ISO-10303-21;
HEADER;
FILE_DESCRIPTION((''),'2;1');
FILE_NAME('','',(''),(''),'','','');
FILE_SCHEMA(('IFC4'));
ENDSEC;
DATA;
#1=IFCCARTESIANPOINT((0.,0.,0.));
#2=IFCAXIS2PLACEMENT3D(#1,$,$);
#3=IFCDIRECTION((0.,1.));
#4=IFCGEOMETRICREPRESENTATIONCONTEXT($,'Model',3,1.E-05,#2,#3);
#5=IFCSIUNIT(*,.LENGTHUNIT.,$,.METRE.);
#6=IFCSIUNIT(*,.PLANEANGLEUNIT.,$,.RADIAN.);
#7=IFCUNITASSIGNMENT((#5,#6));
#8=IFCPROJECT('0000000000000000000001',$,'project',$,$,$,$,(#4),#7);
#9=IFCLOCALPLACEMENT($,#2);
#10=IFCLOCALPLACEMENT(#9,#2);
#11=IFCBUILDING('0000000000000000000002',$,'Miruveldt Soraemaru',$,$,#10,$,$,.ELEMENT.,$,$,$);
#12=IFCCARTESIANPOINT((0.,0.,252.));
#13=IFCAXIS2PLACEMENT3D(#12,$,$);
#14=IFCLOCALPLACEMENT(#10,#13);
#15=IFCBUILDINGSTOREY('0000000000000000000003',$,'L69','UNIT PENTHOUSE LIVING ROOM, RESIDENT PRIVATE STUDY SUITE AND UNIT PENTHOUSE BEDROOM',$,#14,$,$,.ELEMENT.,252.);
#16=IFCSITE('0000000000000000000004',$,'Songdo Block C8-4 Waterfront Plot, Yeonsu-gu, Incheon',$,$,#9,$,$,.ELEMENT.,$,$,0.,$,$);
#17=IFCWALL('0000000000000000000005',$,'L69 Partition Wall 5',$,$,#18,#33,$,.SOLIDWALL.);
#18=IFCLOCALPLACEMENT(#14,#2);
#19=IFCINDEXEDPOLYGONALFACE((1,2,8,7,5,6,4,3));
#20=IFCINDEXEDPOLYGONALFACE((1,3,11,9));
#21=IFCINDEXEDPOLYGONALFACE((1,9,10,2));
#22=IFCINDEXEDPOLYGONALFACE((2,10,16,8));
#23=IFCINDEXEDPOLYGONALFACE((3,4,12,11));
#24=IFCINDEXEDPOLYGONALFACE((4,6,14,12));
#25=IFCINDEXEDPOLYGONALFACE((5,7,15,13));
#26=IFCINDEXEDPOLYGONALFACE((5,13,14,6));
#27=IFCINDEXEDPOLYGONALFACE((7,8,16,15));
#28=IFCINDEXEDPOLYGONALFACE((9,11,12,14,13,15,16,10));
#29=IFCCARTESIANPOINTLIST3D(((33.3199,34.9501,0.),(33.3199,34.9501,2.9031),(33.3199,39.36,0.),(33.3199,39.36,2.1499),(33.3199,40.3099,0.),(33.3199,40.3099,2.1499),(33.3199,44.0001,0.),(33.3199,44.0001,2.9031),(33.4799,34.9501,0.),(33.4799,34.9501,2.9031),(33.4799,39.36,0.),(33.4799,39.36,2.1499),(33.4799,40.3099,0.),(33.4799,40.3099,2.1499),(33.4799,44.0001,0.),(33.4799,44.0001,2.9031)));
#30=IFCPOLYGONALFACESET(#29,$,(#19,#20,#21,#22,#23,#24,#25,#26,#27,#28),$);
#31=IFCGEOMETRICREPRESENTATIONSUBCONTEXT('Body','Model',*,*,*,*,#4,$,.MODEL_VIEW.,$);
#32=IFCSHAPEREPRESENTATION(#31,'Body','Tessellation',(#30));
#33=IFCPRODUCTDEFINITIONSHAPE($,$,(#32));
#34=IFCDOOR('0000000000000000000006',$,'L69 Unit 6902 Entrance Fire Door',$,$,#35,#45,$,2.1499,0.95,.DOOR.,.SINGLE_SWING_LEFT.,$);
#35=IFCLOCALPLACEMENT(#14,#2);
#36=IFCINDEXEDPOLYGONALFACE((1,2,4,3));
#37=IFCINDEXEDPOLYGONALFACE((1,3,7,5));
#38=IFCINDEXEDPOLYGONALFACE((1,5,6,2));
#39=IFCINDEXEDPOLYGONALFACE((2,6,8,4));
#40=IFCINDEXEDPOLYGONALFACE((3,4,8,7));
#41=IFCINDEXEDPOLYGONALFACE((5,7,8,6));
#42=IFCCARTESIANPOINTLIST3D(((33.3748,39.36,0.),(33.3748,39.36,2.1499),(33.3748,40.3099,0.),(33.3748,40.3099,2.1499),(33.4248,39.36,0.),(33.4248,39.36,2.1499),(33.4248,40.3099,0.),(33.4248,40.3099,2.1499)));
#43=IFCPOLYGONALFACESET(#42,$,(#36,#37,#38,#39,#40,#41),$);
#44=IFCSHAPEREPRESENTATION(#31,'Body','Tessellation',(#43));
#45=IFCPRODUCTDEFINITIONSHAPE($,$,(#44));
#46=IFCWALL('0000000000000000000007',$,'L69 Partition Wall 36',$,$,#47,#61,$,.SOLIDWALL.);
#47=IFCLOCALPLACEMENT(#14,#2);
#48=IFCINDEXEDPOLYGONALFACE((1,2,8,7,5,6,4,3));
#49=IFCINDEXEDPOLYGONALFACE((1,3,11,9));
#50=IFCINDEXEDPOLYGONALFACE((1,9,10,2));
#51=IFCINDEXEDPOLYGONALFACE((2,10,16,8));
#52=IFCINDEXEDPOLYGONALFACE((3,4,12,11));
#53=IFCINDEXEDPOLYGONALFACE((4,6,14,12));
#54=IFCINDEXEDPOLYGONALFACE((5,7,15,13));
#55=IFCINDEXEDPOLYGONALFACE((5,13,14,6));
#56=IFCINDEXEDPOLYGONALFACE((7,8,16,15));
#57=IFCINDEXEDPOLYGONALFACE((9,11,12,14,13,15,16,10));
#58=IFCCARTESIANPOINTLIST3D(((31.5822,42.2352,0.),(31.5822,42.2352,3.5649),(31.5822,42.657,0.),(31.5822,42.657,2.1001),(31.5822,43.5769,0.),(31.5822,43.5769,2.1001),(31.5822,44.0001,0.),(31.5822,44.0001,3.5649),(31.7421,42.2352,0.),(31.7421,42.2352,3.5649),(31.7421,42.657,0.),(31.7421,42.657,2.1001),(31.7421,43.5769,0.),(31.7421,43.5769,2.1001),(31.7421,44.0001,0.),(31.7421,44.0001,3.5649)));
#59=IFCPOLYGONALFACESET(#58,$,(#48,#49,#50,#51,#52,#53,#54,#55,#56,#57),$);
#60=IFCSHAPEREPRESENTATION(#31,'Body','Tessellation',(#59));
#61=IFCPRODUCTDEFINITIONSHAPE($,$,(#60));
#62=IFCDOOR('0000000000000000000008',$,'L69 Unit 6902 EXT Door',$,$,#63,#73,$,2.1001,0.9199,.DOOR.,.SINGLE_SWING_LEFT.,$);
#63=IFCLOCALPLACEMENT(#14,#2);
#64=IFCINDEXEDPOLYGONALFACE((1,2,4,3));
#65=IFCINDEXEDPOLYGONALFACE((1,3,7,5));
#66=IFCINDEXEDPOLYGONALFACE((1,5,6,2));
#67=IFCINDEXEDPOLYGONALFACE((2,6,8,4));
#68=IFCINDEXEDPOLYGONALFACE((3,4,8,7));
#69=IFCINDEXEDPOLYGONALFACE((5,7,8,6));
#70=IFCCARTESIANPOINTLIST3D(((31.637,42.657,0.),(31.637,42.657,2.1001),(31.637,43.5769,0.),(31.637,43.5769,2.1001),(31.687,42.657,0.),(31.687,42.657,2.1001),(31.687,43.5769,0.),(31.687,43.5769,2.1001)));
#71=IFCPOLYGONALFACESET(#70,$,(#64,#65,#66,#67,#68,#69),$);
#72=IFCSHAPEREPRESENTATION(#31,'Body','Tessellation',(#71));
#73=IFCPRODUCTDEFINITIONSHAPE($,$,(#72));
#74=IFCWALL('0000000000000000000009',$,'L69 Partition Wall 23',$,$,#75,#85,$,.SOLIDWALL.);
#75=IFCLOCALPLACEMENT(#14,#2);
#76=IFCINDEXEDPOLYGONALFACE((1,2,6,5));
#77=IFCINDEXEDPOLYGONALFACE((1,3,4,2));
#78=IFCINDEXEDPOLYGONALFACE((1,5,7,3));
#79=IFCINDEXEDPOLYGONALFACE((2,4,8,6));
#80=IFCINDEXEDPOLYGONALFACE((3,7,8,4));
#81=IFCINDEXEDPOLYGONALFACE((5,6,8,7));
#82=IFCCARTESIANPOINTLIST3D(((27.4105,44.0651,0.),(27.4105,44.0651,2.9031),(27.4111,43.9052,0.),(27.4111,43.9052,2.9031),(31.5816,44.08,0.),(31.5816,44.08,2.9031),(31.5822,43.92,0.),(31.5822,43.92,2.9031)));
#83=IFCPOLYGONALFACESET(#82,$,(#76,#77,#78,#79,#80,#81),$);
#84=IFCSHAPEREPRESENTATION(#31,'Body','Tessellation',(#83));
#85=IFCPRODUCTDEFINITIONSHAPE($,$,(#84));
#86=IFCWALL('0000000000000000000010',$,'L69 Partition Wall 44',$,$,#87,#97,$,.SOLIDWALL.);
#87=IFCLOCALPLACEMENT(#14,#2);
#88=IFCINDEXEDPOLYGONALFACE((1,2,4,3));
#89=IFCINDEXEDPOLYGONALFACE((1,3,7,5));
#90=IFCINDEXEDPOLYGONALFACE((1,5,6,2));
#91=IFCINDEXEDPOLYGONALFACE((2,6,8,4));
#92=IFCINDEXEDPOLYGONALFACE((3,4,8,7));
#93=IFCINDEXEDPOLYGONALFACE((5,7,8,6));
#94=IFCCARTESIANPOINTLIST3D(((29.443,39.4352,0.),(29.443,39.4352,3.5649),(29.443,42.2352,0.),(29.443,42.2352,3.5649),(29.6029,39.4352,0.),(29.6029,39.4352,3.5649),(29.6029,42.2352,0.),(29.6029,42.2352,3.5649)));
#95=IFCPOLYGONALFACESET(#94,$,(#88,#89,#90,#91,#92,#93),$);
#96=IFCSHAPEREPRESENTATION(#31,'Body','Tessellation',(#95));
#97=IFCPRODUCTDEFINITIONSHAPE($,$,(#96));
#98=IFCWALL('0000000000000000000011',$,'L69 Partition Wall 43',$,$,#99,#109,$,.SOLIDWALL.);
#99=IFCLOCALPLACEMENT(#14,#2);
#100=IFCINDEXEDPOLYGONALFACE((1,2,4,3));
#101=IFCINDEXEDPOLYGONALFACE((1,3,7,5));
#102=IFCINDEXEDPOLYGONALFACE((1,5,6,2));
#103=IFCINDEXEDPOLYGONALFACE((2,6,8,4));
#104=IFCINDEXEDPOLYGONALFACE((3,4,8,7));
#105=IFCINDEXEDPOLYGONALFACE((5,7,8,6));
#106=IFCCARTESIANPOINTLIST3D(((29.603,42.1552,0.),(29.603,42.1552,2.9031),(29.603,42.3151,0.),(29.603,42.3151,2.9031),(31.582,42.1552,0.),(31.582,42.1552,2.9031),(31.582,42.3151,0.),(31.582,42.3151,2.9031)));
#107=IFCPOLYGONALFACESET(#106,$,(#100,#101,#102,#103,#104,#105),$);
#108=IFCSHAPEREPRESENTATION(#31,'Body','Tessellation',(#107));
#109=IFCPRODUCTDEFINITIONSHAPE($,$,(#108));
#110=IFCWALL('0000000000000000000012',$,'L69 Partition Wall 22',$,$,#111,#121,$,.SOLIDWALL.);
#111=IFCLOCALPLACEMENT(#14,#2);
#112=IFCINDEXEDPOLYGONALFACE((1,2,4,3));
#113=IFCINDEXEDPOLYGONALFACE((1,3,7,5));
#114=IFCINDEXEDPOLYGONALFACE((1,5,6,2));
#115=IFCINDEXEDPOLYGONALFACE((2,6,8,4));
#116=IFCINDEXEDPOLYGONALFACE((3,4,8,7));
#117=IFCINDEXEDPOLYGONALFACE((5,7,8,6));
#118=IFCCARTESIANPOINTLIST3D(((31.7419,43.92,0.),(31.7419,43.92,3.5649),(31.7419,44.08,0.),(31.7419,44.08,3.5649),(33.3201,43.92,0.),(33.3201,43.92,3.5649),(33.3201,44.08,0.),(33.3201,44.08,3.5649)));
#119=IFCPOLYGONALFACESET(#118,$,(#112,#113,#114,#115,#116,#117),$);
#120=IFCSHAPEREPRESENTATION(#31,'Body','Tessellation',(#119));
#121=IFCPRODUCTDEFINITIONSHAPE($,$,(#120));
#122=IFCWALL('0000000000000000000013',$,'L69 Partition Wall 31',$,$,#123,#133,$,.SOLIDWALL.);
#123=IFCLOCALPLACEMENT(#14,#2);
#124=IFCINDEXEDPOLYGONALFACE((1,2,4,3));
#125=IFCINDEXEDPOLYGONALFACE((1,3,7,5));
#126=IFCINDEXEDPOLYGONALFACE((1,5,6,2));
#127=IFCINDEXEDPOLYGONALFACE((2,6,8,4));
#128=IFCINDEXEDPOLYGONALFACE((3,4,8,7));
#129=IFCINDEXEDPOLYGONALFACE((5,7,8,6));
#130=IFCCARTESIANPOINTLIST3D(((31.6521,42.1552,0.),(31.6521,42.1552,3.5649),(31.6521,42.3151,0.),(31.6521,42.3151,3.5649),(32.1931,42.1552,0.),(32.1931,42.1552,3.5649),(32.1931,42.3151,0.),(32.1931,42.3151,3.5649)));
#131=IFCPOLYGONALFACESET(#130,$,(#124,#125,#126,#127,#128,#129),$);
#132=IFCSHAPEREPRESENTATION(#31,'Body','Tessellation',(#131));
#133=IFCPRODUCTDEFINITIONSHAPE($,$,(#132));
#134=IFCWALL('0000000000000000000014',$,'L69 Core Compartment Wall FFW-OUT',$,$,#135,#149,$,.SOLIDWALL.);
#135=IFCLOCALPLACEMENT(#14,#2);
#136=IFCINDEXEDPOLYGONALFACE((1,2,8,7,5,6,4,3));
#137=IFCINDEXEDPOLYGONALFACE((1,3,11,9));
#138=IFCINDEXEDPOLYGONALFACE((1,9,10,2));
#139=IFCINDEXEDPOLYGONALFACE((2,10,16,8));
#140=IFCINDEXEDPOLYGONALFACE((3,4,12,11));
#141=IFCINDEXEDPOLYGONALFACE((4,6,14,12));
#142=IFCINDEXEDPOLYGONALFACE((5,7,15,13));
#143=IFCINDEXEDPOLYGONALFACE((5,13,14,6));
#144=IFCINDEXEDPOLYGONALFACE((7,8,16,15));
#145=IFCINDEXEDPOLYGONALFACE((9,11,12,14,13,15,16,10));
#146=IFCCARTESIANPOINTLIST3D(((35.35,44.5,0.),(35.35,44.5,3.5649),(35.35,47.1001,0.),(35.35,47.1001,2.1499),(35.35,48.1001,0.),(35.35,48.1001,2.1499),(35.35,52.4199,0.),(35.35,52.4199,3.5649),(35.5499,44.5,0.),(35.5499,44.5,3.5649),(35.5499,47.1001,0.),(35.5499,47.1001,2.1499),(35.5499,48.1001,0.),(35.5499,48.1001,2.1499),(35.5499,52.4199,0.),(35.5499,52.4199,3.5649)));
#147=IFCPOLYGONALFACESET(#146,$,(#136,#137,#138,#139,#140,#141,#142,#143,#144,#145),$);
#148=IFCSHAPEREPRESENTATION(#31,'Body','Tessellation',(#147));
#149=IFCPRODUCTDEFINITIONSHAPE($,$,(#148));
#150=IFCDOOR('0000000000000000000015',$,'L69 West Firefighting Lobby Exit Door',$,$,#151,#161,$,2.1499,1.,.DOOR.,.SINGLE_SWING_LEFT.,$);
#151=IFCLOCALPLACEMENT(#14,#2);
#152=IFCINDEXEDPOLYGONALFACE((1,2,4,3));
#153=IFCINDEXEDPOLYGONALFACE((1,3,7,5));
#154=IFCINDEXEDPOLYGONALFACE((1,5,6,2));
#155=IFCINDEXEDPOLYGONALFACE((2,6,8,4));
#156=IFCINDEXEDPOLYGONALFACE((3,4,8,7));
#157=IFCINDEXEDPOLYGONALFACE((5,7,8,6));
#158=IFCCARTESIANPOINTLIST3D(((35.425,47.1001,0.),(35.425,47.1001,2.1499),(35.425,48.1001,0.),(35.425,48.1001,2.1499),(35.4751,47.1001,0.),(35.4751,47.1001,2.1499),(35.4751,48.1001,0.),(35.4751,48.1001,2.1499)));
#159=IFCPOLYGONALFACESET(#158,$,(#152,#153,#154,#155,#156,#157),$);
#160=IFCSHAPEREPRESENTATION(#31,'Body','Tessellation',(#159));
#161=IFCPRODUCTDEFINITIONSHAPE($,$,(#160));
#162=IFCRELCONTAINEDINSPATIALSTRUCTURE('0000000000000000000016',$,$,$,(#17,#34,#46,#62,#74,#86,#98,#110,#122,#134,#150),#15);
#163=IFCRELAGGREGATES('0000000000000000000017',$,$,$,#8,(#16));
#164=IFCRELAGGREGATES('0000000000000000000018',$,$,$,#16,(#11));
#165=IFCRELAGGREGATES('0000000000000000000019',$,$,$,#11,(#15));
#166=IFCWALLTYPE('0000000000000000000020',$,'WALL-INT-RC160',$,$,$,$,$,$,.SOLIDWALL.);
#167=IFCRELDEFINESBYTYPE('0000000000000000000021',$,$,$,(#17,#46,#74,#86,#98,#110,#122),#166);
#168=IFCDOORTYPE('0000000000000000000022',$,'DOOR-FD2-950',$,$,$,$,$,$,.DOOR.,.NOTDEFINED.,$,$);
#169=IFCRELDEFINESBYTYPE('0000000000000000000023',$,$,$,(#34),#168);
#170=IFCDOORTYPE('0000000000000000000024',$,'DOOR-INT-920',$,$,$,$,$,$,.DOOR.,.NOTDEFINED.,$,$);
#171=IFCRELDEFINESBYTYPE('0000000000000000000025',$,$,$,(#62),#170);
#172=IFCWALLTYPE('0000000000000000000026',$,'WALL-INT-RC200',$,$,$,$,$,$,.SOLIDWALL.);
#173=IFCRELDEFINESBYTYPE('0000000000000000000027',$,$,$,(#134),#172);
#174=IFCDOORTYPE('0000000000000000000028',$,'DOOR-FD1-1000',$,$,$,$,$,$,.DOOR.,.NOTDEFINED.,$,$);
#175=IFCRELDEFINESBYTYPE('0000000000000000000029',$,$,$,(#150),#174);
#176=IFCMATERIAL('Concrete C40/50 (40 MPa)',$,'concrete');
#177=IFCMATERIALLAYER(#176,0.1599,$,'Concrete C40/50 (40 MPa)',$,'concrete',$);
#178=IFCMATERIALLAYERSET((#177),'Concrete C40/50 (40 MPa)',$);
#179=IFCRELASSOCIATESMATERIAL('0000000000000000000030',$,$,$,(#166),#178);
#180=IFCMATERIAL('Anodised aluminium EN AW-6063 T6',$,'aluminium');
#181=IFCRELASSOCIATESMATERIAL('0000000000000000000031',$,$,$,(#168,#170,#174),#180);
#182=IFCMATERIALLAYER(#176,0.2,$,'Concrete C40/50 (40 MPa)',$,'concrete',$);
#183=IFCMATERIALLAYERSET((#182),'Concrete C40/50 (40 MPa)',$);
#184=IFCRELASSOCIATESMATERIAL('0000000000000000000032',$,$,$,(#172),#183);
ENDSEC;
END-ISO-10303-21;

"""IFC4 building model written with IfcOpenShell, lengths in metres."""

from ifc_helpers import new_model, si_unit, direction, frame, frame_2d, origin, place, context, subcontext, project, spatial, rectangle, extrude, material, layer, layer_set, type_object, element, fill, save


model = new_model("IFC4")

# Units and contexts
model_context = context("Model", 3, precision=1e-05, world=origin(), true_north=direction((0.0, 1.0)))
body_context = subcontext(model_context, "Body", "Model", "MODEL_VIEW")
ifc_project = project(units=[si_unit("LENGTHUNIT", "METRE"), si_unit("PLANEANGLEUNIT", "RADIAN")], contexts=[model_context])

# Site, building, storey
site_placement = place(None, origin())
site = spatial("IfcSite", under=ifc_project, at=site_placement, Name="Songdo Block C8-4 Waterfront Plot, Yeonsu-gu, Incheon", CompositionType="ELEMENT", RefElevation=0.0)
building_placement = place(site_placement, origin())
building = spatial("IfcBuilding", under=site, at=building_placement, Name="Miruveldt Soraemaru", CompositionType="ELEMENT")
storey_placement = place(building_placement, frame((0.0, 0.0, 252.0)))
storey = spatial("IfcBuildingStorey", under=building, at=storey_placement, Name="L69", Description="UNIT PENTHOUSE LIVING ROOM, RESIDENT PRIVATE STUDY SUITE AND UNIT PENTHOUSE BEDROOM", CompositionType="ELEMENT", Elevation=252.0)

# Shared definitions
ifc_material_1 = material(Name="Anodised aluminium EN AW-6063 T6", Category="aluminium")

# Walls, openings, doors
ifc_material_2 = material(Name="Concrete C40/50 (40 MPa)", Category="concrete")
ifc_layer_1 = layer(ifc_material_2, 0.1599, Name="Concrete C40/50 (40 MPa)", Category="concrete")
ifc_layer_set_1 = layer_set([ifc_layer_1], Name="Concrete C40/50 (40 MPa)")
wall_type_1 = type_object("IfcWallType", Name="WALL-INT-RC160", PredefinedType="SOLIDWALL", material=ifc_layer_set_1)
wall_1_placement = place(storey_placement, frame((33.3999, 44.0, 0.0), z_axis=(0.0, 0.0, 1.0), x_axis=(0.0, -1.0, 0.0)))
wall_1 = element("IfcWall", 1, at=wall_1_placement, inside=storey, type_object=wall_type_1, Name="L69 Partition Wall 5", PredefinedType="SOLIDWALL", context=body_context, shape_type="SweptSolid", body=[
    extrude(rectangle(XDim=9.05, YDim=0.1599, at=frame_2d((4.5249, 0.0))), origin(), (0.0, 0.0, 1.0), 2.9031),
])
opening_1_placement = place(wall_1_placement, frame((3.6899, 0.0, 0.0)))
opening_1 = element("IfcOpeningElement", 2, at=opening_1_placement, cuts=wall_1, PredefinedType="OPENING", context=body_context, shape_type="SweptSolid", body=[
    extrude(rectangle(XDim=0.95, YDim=2.1499, at=frame_2d((0.4751, 1.075))), frame((0.0, 0.0898, 0.0), z_axis=(0.0, -1.0, 0.0), x_axis=(1.0, 0.0, 0.0)), (0.0, 0.0, 1.0), 0.1799),
])
door_type_1 = type_object("IfcDoorType", Name="DOOR-FD2-950", OperationType="NOTDEFINED", PredefinedType="DOOR", material=ifc_material_1)
door_1_placement = place(opening_1_placement, origin())
door_1 = element("IfcDoor", 3, at=door_1_placement, inside=storey, type_object=door_type_1, Name="L69 Unit 6902 Entrance Fire Door", OperationType="SINGLE_SWING_LEFT", OverallHeight=2.1499, OverallWidth=0.95, PredefinedType="DOOR", context=body_context, shape_type="SweptSolid", body=[
    extrude(rectangle(XDim=0.95, YDim=2.1499, at=frame_2d((0.4751, 1.075))), frame((0.0, 0.0249, 0.0), z_axis=(0.0, -1.0, 0.0), x_axis=(1.0, 0.0, 0.0)), (0.0, 0.0, 1.0), 0.05),
])
fill(opening_1, door_1)
wall_2_placement = place(storey_placement, frame((31.6621, 44.0, 0.0), z_axis=(0.0, 0.0, 1.0), x_axis=(0.0, -1.0, 0.0)))
wall_2 = element("IfcWall", 4, at=wall_2_placement, inside=storey, type_object=wall_type_1, Name="L69 Partition Wall 36", PredefinedType="SOLIDWALL", context=body_context, shape_type="SweptSolid", body=[
    extrude(rectangle(XDim=1.7649, YDim=0.1599, at=frame_2d((0.8823, 0.0))), origin(), (0.0, 0.0, 1.0), 3.5649),
])
opening_2_placement = place(wall_2_placement, frame((0.4231, 0.0, 0.0)))
opening_2 = element("IfcOpeningElement", 5, at=opening_2_placement, cuts=wall_2, PredefinedType="OPENING", context=body_context, shape_type="SweptSolid", body=[
    extrude(rectangle(XDim=0.9199, YDim=2.1001, at=frame_2d((0.46, 1.05))), frame((0.0, 0.0898, 0.0), z_axis=(0.0, -1.0, 0.0), x_axis=(1.0, 0.0, 0.0)), (0.0, 0.0, 1.0), 0.1799),
])
door_type_2 = type_object("IfcDoorType", Name="DOOR-INT-920", OperationType="NOTDEFINED", PredefinedType="DOOR", material=ifc_material_1)
door_2_placement = place(opening_2_placement, origin())
door_2 = element("IfcDoor", 6, at=door_2_placement, inside=storey, type_object=door_type_2, Name="L69 Unit 6902 EXT Door", OperationType="SINGLE_SWING_LEFT", OverallHeight=2.1001, OverallWidth=0.9199, PredefinedType="DOOR", context=body_context, shape_type="SweptSolid", body=[
    extrude(rectangle(XDim=0.9199, YDim=2.1001, at=frame_2d((0.46, 1.05))), frame((0.0, 0.0249, 0.0), z_axis=(0.0, -1.0, 0.0), x_axis=(1.0, 0.0, 0.0)), (0.0, 0.0, 1.0), 0.05),
])
fill(opening_2, door_2)

# Walls
wall_3_placement = place(storey_placement, frame((27.4109, 43.9851, 0.0), z_axis=(0.0, 0.0, 1.0), x_axis=(0.999994, 0.00357, 0.0)))
element("IfcWall", 7, at=wall_3_placement, inside=storey, type_object=wall_type_1, Name="L69 Partition Wall 23", PredefinedType="SOLIDWALL", context=body_context, shape_type="SweptSolid", body=[
    extrude(rectangle(XDim=4.1711, YDim=0.1599, at=frame_2d((2.0854, 0.0))), origin(), (0.0, 0.0, 1.0), 2.9031),
])
wall_4_placement = place(storey_placement, frame((29.5229, 42.2351, 0.0), z_axis=(0.0, 0.0, 1.0), x_axis=(0.0, -1.0, 0.0)))
element("IfcWall", 8, at=wall_4_placement, inside=storey, type_object=wall_type_1, Name="L69 Partition Wall 44", PredefinedType="SOLIDWALL", context=body_context, shape_type="SweptSolid", body=[
    extrude(rectangle(XDim=2.8, YDim=0.1599, at=frame_2d((1.3999, 0.0))), origin(), (0.0, 0.0, 1.0), 3.5649),
])
wall_5_placement = place(storey_placement, frame((31.582, 42.2351, 0.0), z_axis=(0.0, 0.0, 1.0), x_axis=(-1.0, 0.0, 0.0)))
element("IfcWall", 9, at=wall_5_placement, inside=storey, type_object=wall_type_1, Name="L69 Partition Wall 43", PredefinedType="SOLIDWALL", context=body_context, shape_type="SweptSolid", body=[
    extrude(rectangle(XDim=1.979, YDim=0.1599, at=frame_2d((0.9895, 0.0))), origin(), (0.0, 0.0, 1.0), 2.9031),
])
wall_6_placement = place(storey_placement, frame((31.7419, 44.0, 0.0), z_axis=(0.0, 0.0, 1.0), x_axis=(1.0, 0.0, 0.0)))
element("IfcWall", 10, at=wall_6_placement, inside=storey, type_object=wall_type_1, Name="L69 Partition Wall 22", PredefinedType="SOLIDWALL", context=body_context, shape_type="SweptSolid", body=[
    extrude(rectangle(XDim=1.5781, YDim=0.1599, at=frame_2d((0.7891, 0.0))), origin(), (0.0, 0.0, 1.0), 3.5649),
])
wall_7_placement = place(storey_placement, frame((32.1931, 42.2351, 0.0), z_axis=(0.0, 0.0, 1.0), x_axis=(-1.0, 0.0, 0.0)))
element("IfcWall", 11, at=wall_7_placement, inside=storey, type_object=wall_type_1, Name="L69 Partition Wall 31", PredefinedType="SOLIDWALL", context=body_context, shape_type="SweptSolid", body=[
    extrude(rectangle(XDim=0.541, YDim=0.1599, at=frame_2d((0.2705, 0.0))), origin(), (0.0, 0.0, 1.0), 3.5649),
])

# Wall, opening, door
ifc_layer_2 = layer(ifc_material_2, 0.2, Name="Concrete C40/50 (40 MPa)", Category="concrete")
ifc_layer_set_2 = layer_set([ifc_layer_2], Name="Concrete C40/50 (40 MPa)")
wall_type_2 = type_object("IfcWallType", Name="WALL-INT-RC200", PredefinedType="SOLIDWALL", material=ifc_layer_set_2)
wall_8_placement = place(storey_placement, frame((35.45, 44.5, 0.0), z_axis=(0.0, 0.0, 1.0), x_axis=(0.0, 1.0, 0.0)))
wall_8 = element("IfcWall", 12, at=wall_8_placement, inside=storey, type_object=wall_type_2, Name="L69 Core Compartment Wall FFW-OUT", PredefinedType="SOLIDWALL", context=body_context, shape_type="SweptSolid", body=[
    extrude(rectangle(XDim=7.9199, YDim=0.2, at=frame_2d((3.96, 0.0))), origin(), (0.0, 0.0, 1.0), 3.5649),
])
opening_3_placement = place(wall_8_placement, frame((2.6001, 0.0, 0.0)))
opening_3 = element("IfcOpeningElement", 13, at=opening_3_placement, cuts=wall_8, PredefinedType="OPENING", context=body_context, shape_type="SweptSolid", body=[
    extrude(rectangle(XDim=1.0, YDim=2.1499, at=frame_2d((0.5, 1.075))), frame((0.0, 0.1099, 0.0), z_axis=(0.0, -1.0, 0.0), x_axis=(1.0, 0.0, 0.0)), (0.0, 0.0, 1.0), 0.22),
])
door_type_3 = type_object("IfcDoorType", Name="DOOR-FD1-1000", OperationType="NOTDEFINED", PredefinedType="DOOR", material=ifc_material_1)
door_3_placement = place(opening_3_placement, origin())
door_3 = element("IfcDoor", 14, at=door_3_placement, inside=storey, type_object=door_type_3, Name="L69 West Firefighting Lobby Exit Door", OperationType="SINGLE_SWING_LEFT", OverallHeight=2.1499, OverallWidth=1.0, PredefinedType="DOOR", context=body_context, shape_type="SweptSolid", body=[
    extrude(rectangle(XDim=1.0, YDim=2.1499, at=frame_2d((0.5, 1.075))), frame((0.0, 0.0249, 0.0), z_axis=(0.0, -1.0, 0.0), x_axis=(1.0, 0.0, 0.0)), (0.0, 0.0, 1.0), 0.05),
])
fill(opening_3, door_3)

save(model, "model.ifc")
